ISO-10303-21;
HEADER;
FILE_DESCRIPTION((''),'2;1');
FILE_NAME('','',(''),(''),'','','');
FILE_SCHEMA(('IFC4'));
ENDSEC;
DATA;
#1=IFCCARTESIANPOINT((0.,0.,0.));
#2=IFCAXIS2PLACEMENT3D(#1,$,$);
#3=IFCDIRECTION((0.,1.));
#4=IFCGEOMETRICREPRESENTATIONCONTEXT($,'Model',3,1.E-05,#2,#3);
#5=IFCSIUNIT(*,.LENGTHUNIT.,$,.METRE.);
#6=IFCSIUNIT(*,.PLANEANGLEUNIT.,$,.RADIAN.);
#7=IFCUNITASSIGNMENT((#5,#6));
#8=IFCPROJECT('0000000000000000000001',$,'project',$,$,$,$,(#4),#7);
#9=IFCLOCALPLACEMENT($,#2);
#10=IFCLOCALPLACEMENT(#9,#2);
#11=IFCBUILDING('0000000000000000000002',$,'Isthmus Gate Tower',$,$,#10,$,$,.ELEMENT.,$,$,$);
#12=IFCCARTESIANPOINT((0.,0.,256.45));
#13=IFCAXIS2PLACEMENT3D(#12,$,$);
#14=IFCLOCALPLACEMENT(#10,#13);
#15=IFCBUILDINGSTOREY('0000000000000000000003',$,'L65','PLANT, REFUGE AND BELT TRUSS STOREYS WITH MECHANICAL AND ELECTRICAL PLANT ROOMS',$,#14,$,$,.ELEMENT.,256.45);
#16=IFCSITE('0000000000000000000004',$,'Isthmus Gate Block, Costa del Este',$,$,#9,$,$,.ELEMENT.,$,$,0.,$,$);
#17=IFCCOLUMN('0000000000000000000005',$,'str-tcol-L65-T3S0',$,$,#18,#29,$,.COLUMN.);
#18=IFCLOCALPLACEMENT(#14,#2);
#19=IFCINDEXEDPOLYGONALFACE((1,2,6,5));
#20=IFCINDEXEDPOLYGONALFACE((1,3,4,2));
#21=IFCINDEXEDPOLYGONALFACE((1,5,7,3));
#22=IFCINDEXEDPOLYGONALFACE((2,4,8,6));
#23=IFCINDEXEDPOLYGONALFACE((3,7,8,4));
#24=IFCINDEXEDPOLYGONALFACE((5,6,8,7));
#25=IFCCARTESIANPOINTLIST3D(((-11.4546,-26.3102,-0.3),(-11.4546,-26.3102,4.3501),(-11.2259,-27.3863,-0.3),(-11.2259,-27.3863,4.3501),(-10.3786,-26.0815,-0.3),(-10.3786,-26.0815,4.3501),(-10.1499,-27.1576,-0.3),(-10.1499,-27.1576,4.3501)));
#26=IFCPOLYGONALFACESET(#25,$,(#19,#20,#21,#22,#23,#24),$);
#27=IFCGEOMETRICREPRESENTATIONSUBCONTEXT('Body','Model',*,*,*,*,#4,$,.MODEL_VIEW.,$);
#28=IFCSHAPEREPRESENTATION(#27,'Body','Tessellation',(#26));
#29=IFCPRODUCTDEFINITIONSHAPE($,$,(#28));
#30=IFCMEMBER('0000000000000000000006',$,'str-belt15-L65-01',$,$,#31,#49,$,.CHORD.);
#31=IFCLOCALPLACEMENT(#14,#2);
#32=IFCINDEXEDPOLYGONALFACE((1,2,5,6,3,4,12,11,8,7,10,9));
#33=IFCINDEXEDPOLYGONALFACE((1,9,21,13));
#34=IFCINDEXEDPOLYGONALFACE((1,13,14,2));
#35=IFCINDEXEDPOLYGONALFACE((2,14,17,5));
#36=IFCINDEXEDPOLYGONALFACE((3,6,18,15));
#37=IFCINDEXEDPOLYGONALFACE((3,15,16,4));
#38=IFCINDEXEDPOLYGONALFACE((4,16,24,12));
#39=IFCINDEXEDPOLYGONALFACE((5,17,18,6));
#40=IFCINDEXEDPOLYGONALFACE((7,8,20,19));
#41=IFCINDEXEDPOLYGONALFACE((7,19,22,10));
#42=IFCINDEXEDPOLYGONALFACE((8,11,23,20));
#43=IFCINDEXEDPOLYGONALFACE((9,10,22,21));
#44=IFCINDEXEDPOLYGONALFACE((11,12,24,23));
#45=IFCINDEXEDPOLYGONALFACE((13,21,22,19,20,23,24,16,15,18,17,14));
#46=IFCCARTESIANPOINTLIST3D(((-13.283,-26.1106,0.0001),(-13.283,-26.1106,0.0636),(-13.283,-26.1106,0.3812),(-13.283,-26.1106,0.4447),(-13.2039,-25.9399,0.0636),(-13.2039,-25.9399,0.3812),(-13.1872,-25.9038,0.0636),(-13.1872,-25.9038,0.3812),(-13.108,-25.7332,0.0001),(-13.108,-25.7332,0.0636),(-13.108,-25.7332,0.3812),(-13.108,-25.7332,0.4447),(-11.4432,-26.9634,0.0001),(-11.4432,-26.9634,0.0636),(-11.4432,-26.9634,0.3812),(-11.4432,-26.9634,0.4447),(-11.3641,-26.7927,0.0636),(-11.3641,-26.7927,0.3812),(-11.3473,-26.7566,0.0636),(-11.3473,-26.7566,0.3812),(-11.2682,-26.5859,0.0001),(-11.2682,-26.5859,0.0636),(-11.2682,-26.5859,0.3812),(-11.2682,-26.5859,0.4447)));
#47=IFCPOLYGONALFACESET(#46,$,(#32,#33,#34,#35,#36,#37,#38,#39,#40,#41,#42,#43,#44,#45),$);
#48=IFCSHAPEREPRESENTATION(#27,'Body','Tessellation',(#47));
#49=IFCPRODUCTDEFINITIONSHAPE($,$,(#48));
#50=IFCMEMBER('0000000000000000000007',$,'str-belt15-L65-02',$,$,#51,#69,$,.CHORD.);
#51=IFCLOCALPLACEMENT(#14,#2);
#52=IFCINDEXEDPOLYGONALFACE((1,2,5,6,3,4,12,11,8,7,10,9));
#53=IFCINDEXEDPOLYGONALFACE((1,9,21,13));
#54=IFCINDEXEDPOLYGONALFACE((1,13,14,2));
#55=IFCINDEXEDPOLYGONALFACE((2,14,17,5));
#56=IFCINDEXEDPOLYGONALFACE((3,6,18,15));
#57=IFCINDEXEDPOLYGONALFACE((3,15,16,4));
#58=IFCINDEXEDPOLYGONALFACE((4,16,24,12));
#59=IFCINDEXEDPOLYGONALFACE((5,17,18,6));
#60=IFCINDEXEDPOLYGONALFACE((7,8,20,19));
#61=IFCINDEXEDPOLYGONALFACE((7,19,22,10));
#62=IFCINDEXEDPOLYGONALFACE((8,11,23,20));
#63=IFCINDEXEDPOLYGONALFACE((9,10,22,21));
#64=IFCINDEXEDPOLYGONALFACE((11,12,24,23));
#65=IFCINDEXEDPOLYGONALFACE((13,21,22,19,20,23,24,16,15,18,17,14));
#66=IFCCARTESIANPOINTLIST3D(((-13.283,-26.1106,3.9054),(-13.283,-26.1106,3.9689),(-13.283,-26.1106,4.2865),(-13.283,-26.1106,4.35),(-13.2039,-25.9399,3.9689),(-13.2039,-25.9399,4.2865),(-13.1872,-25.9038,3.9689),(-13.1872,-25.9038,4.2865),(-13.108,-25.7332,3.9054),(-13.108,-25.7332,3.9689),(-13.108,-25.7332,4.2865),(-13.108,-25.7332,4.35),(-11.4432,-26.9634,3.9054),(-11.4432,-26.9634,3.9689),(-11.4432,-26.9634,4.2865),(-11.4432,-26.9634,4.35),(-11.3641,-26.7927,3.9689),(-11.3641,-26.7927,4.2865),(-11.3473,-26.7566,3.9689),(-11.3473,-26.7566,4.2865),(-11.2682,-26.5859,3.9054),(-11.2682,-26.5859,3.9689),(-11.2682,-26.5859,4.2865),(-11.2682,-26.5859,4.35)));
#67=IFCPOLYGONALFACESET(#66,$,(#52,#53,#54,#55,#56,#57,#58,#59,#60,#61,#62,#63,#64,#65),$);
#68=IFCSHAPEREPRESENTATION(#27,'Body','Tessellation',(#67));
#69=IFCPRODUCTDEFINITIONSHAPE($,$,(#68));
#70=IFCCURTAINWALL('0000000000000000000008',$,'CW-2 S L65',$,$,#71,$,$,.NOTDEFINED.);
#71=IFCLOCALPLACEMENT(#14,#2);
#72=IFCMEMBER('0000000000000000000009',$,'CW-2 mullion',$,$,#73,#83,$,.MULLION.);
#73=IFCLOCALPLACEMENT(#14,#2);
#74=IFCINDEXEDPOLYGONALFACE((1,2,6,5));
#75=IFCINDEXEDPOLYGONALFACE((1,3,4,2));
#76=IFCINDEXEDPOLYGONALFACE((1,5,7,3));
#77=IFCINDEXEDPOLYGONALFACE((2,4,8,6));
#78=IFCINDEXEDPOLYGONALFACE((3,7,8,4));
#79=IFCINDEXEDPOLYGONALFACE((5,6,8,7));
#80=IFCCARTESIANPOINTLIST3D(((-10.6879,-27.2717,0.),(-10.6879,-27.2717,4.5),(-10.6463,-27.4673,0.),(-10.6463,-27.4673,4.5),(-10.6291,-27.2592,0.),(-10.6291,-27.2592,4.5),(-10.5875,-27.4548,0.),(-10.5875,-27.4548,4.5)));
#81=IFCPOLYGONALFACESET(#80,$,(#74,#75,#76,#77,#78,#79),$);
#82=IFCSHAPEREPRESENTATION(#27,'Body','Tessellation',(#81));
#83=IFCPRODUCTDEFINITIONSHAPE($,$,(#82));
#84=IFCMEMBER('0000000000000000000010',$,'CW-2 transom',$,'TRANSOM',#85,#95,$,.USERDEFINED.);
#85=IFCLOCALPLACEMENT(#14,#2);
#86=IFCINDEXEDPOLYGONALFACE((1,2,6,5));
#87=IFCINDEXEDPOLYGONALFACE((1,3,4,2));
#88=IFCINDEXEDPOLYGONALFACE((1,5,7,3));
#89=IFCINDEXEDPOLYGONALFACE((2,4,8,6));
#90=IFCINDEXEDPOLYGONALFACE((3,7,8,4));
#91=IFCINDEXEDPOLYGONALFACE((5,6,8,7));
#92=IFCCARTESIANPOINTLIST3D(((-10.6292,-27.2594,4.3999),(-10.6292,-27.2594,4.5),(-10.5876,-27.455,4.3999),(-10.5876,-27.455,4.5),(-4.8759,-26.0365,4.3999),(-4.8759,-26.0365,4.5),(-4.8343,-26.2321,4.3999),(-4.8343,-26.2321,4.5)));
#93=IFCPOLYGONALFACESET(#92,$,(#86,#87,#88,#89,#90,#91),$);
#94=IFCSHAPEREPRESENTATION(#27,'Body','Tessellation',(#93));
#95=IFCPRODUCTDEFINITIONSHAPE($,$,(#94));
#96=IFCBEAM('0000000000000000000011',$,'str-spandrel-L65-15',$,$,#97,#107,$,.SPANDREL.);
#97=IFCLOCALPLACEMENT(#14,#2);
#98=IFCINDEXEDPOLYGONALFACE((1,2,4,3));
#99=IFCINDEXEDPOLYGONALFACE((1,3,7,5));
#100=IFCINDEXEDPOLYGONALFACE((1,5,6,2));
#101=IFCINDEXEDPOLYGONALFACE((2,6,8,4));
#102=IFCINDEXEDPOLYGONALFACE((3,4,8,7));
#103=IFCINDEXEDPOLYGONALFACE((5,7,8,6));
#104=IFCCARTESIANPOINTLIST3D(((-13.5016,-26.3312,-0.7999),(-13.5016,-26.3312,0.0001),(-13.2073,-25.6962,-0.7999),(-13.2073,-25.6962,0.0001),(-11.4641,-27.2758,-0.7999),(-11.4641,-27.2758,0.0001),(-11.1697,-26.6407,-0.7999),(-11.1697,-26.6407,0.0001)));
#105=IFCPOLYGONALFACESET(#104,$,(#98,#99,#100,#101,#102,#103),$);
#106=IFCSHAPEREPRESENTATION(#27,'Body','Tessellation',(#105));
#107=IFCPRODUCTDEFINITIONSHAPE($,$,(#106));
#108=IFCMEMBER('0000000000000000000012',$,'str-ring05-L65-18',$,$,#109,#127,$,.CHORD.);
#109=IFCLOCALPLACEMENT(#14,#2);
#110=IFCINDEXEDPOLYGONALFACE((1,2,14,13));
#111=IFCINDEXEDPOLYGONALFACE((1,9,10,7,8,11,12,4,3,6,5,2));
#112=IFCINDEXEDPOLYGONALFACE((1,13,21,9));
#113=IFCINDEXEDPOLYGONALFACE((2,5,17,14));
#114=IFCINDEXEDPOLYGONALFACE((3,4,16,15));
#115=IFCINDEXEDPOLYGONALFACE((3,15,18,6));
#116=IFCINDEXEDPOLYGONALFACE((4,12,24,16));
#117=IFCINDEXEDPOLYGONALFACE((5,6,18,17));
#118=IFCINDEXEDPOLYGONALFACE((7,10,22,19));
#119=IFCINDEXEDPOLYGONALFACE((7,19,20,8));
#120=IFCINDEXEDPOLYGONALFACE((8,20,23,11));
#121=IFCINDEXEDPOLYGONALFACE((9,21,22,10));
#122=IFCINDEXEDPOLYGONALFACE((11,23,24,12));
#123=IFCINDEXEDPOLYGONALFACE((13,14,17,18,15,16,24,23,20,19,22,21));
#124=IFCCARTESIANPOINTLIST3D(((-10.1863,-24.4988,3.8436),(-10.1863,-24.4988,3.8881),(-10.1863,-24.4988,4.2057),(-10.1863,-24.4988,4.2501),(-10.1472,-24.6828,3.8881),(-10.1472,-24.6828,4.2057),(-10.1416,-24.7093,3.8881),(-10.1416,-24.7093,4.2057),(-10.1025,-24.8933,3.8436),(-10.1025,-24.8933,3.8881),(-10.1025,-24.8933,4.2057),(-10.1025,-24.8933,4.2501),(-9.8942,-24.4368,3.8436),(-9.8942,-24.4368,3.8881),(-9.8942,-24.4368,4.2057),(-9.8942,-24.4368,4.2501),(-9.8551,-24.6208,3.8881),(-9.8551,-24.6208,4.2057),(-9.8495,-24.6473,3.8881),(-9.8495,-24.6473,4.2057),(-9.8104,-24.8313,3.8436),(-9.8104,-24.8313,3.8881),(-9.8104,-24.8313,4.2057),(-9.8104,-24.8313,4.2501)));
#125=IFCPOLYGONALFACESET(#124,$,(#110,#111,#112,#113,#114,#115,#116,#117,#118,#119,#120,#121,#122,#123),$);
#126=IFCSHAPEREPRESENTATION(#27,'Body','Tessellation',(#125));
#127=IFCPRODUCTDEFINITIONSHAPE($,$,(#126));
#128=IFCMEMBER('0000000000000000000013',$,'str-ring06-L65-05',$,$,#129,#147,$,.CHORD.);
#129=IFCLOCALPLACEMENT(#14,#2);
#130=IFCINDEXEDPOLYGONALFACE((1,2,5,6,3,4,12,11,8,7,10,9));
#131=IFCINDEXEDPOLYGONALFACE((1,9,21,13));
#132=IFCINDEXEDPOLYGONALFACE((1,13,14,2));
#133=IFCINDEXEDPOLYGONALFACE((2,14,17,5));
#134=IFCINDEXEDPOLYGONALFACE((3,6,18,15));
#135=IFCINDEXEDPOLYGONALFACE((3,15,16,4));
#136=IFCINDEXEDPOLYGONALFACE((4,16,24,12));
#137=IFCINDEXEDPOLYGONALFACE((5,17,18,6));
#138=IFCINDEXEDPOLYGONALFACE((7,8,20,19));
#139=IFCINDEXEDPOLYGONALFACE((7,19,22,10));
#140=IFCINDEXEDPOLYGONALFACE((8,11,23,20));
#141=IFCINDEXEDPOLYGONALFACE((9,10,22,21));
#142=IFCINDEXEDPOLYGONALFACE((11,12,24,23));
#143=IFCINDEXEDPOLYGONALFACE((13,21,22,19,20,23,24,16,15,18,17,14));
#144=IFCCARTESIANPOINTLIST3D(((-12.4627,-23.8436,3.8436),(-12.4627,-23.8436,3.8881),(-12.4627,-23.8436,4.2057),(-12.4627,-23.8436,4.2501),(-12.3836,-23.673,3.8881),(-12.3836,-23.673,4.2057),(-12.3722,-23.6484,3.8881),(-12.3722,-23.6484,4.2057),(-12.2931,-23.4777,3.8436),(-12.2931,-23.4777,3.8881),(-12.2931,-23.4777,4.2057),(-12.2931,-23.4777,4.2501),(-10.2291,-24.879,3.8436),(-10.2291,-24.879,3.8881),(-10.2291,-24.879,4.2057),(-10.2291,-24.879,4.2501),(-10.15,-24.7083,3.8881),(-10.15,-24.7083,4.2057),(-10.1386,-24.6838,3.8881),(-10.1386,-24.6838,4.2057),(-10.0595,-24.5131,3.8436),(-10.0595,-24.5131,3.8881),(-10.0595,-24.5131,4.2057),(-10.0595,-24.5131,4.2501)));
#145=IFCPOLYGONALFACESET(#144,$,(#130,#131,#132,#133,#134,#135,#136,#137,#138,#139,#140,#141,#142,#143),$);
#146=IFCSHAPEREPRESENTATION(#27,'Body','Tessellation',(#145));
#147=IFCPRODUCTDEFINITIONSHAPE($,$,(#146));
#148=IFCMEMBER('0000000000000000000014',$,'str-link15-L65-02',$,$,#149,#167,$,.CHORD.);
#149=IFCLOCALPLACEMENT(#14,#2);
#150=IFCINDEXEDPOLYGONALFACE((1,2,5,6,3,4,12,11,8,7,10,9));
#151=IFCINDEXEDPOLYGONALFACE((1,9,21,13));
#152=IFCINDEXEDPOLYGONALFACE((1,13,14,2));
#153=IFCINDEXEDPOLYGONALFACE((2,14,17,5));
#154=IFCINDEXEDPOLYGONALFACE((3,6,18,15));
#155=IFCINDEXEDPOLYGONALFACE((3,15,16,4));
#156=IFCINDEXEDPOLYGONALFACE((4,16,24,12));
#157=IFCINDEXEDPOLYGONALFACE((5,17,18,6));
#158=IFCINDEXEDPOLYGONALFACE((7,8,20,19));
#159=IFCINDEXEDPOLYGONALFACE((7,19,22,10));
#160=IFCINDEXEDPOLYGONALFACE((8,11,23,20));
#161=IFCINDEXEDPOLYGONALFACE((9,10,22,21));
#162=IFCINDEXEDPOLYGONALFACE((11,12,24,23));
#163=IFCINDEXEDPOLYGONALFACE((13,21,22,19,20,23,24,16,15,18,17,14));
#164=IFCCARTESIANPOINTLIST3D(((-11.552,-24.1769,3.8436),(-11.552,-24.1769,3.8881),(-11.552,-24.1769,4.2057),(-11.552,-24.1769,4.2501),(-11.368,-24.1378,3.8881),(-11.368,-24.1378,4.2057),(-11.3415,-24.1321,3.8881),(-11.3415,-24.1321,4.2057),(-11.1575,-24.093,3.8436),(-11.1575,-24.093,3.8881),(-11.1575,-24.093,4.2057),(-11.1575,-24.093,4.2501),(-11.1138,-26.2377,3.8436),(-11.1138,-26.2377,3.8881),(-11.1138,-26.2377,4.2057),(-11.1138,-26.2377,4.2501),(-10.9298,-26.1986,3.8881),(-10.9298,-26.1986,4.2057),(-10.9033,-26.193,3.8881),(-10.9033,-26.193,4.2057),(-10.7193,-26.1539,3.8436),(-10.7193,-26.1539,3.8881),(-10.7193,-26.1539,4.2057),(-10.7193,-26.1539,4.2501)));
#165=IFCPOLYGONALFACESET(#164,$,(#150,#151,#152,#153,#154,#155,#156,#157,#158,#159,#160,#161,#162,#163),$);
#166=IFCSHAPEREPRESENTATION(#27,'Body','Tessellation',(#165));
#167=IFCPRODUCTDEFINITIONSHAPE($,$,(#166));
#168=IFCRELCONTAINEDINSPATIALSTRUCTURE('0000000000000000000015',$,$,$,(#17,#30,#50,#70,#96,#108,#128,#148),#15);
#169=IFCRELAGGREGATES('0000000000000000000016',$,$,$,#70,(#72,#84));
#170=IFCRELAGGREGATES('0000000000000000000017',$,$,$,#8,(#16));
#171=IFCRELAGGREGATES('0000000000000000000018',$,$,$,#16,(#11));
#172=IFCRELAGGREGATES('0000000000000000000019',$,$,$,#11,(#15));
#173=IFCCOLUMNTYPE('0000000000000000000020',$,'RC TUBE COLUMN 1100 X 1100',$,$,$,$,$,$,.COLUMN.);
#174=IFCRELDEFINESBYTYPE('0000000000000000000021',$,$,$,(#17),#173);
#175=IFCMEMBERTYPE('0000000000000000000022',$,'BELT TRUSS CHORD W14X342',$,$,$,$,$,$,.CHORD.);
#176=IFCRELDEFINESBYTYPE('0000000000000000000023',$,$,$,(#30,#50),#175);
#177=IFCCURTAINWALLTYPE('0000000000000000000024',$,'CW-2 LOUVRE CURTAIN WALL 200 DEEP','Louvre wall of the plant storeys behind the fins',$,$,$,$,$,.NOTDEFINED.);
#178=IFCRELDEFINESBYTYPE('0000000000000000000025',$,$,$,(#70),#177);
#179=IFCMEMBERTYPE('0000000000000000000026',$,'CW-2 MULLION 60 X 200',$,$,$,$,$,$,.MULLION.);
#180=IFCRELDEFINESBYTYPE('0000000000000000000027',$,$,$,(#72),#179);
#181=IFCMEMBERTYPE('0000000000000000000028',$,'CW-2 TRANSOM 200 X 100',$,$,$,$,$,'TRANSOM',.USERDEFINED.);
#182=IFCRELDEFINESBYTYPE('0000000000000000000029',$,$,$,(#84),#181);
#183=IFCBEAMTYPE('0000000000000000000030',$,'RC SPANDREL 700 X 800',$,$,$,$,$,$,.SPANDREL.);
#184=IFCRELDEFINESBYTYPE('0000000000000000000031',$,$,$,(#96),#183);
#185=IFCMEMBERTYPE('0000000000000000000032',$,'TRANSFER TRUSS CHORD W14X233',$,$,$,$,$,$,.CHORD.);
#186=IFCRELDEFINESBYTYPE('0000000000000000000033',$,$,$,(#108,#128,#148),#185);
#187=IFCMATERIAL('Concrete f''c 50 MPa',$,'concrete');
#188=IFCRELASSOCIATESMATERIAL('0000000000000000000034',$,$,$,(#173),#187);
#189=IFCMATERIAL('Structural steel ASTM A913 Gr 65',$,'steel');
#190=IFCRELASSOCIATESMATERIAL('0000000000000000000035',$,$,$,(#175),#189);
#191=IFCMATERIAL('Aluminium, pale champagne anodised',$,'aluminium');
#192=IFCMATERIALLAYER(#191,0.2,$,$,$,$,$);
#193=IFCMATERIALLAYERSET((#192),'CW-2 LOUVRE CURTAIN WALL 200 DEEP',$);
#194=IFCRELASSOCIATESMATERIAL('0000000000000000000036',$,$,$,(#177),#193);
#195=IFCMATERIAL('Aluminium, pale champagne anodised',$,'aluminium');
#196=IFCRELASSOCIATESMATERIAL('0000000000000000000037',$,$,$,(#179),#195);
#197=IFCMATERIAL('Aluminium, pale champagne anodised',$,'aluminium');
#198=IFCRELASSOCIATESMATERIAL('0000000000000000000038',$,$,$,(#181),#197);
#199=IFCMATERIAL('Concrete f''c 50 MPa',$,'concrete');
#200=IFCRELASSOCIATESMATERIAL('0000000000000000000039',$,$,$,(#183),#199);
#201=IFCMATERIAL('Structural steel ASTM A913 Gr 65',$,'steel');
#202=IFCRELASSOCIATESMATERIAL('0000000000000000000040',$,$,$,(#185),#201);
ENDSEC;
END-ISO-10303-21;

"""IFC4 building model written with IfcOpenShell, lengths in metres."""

from ifc_helpers import new_model, si_unit, direction, frame, origin, origin_2d, place, context, subcontext, project, spatial, rectangle, i_section, extrude, material, layer, layer_set, material_profile, profile_set, type_object, element, aggregate, save


model = new_model("IFC4")

# Units and contexts
model_context = context("Model", 3, precision=1e-05, world=origin(), true_north=direction((0.0, 1.0)))
body_context = subcontext(model_context, "Body", "Model", "MODEL_VIEW")
ifc_project = project(units=[si_unit("LENGTHUNIT", "METRE"), si_unit("PLANEANGLEUNIT", "RADIAN")], contexts=[model_context])

# Site, building, storey
site_placement = place(None, origin())
site = spatial("IfcSite", under=ifc_project, at=site_placement, Name="Isthmus Gate Block, Costa del Este", CompositionType="ELEMENT", RefElevation=0.0)
building_placement = place(site_placement, origin())
building = spatial("IfcBuilding", under=site, at=building_placement, Name="Isthmus Gate Tower", CompositionType="ELEMENT")
storey_placement = place(building_placement, frame((0.0, 0.0, 256.45)))
storey = spatial("IfcBuildingStorey", under=building, at=storey_placement, Name="L65", Description="PLANT, REFUGE AND BELT TRUSS STOREYS WITH MECHANICAL AND ELECTRICAL PLANT ROOMS", CompositionType="ELEMENT", Elevation=256.45)

# Column
ifc_material_1 = material(Name="Concrete f'c 50 MPa", Category="concrete")
ifc_material_profile_1 = material_profile(ifc_material_1, rectangle(XDim=1.1001, YDim=1.1001, at=origin_2d()), Name="RC 1100X1100")
ifc_profile_set_1 = profile_set([ifc_material_profile_1], Name="Concrete f'c 50 MPa")
column_type = type_object("IfcColumnType", Name="RC TUBE COLUMN 1100 X 1100", PredefinedType="COLUMN", material=ifc_profile_set_1)
column_placement = place(storey_placement, frame((-10.8022, -26.7339, -0.3), z_axis=(0.0, 0.0, 1.0), x_axis=(0.978148, 0.207912, 0.0)))
element("IfcColumn", 1, at=column_placement, inside=storey, type_object=column_type, Name="str-tcol-L65-T3S0", PredefinedType="COLUMN", context=body_context, shape_type="SweptSolid", body=[
    extrude(rectangle(XDim=1.1001, YDim=1.1001, at=origin_2d()), origin(), (0.0, 0.0, 1.0), 4.6501),
])

# Members
ifc_material_2 = material(Name="Structural steel ASTM A913 Gr 65", Category="steel")
ifc_material_profile_2 = material_profile(ifc_material_2, i_section(OverallWidth=0.416, OverallDepth=0.4446, WebThickness=0.0398, FlangeThickness=0.0635, at=origin_2d()), Name="W14X342")
ifc_profile_set_2 = profile_set([ifc_material_profile_2], Name="Structural steel ASTM A913 Gr 65")
member_type_1 = type_object("IfcMemberType", Name="BELT TRUSS CHORD W14X342", PredefinedType="CHORD", material=ifc_profile_set_2)
for number, where, z_axis, x_axis, name in (
    (2, (-11.3557, -26.7747, 0.2224), (-0.907278, 0.420531, 0.0), (-0.420531, -0.907278, 0.0), "str-belt15-L65-01"),
    (3, (-11.3557, -26.7747, 4.1277), (-0.907278, 0.420531, 0.0), (-0.420531, -0.907278, 0.0), "str-belt15-L65-02"),
):
    element("IfcMember", number, at=place(storey_placement, frame(where, z_axis=z_axis, x_axis=x_axis)), inside=storey, type_object=member_type_1, Name=name, PredefinedType="CHORD", context=body_context, shape_type="SweptSolid", body=[
        extrude(i_section(OverallWidth=0.416, OverallDepth=0.4446, WebThickness=0.0398, FlangeThickness=0.0635, at=origin_2d()), origin(), (0.0, 0.0, 1.0), 2.0278),
    ])

# Curtain wall, members
ifc_material_3 = material(Name="Aluminium, pale champagne anodised", Category="aluminium")
ifc_layer = layer(ifc_material_3, 0.2)
ifc_layer_set = layer_set([ifc_layer], Name="CW-2 LOUVRE CURTAIN WALL 200 DEEP")
curtain_wall_type = type_object("IfcCurtainWallType", Name="CW-2 LOUVRE CURTAIN WALL 200 DEEP", Description="Louvre wall of the plant storeys behind the fins", PredefinedType="NOTDEFINED", material=ifc_layer_set)
curtain_wall_placement = place(storey_placement, origin())
curtain_wall = element("IfcCurtainWall", 4, at=curtain_wall_placement, inside=storey, type_object=curtain_wall_type, Name="CW-2 S L65", PredefinedType="NOTDEFINED")
ifc_material_4 = material(Name="Aluminium, pale champagne anodised", Category="aluminium")
ifc_material_profile_3 = material_profile(ifc_material_4, rectangle(XDim=0.0601, YDim=0.2, at=origin_2d()), Name="60x200")
ifc_profile_set_3 = profile_set([ifc_material_profile_3], Name="Aluminium, pale champagne anodised")
member_type_2 = type_object("IfcMemberType", Name="CW-2 MULLION 60 X 200", PredefinedType="MULLION", material=ifc_profile_set_3)
member_1_placement = place(storey_placement, frame((-10.6377, -27.3633, 0.0), z_axis=(0.0, 0.0, 1.0), x_axis=(0.978148, 0.207912, 0.0)))
member_1 = element("IfcMember", 5, at=member_1_placement, type_object=member_type_2, Name="CW-2 mullion", PredefinedType="MULLION", context=body_context, shape_type="SweptSolid", body=[
    extrude(rectangle(XDim=0.0601, YDim=0.2, at=origin_2d()), origin(), (0.0, 0.0, 1.0), 4.5),
])
ifc_material_5 = material(Name="Aluminium, pale champagne anodised", Category="aluminium")
ifc_material_profile_4 = material_profile(ifc_material_5, rectangle(XDim=0.2, YDim=0.1001, at=origin_2d()), Name="200x100")
ifc_profile_set_4 = profile_set([ifc_material_profile_4], Name="Aluminium, pale champagne anodised")
member_type_3 = type_object("IfcMemberType", Name="CW-2 TRANSOM 200 X 100", ElementType="TRANSOM", PredefinedType="USERDEFINED", material=ifc_profile_set_4)
member_2_placement = place(storey_placement, frame((-10.6084, -27.3572, 4.45), z_axis=(0.978149, 0.207907, 0.0), x_axis=(-0.207907, 0.978149, 0.0)))
member_2 = element("IfcMember", 6, at=member_2_placement, type_object=member_type_3, Name="CW-2 transom", ObjectType="TRANSOM", PredefinedType="USERDEFINED", context=body_context, shape_type="SweptSolid", body=[
    extrude(rectangle(XDim=0.2, YDim=0.1001, at=origin_2d()), origin(), (0.0, 0.0, 1.0), 5.8818),
])
aggregate(curtain_wall, [member_1, member_2])

# Beam
ifc_material_6 = material(Name="Concrete f'c 50 MPa", Category="concrete")
ifc_material_profile_5 = material_profile(ifc_material_6, rectangle(XDim=0.7, YDim=0.8, at=origin_2d()), Name="RC 700X800")
ifc_profile_set_5 = profile_set([ifc_material_profile_5], Name="Concrete f'c 50 MPa")
beam_type = type_object("IfcBeamType", Name="RC SPANDREL 700 X 800", PredefinedType="SPANDREL", material=ifc_profile_set_5)
beam_placement = place(storey_placement, frame((-11.3169, -26.9583, -0.3999), z_axis=(-0.907255, 0.420581, 0.0), x_axis=(-0.420581, -0.907255, 0.0)))
element("IfcBeam", 7, at=beam_placement, inside=storey, type_object=beam_type, Name="str-spandrel-L65-15", PredefinedType="SPANDREL", context=body_context, shape_type="SweptSolid", body=[
    extrude(rectangle(XDim=0.7, YDim=0.8, at=origin_2d()), origin(), (0.0, 0.0, 1.0), 2.2458),
])

# Members
ifc_material_7 = material(Name="Structural steel ASTM A913 Gr 65", Category="steel")
ifc_material_profile_6 = material_profile(ifc_material_7, i_section(OverallWidth=0.4033, OverallDepth=0.4065, WebThickness=0.0271, FlangeThickness=0.0444, at=origin_2d()), Name="W14X233")
ifc_profile_set_6 = profile_set([ifc_material_profile_6], Name="Structural steel ASTM A913 Gr 65")
member_type_4 = type_object("IfcMemberType", Name="TRANSFER TRUSS CHORD W14X233", PredefinedType="CHORD", material=ifc_profile_set_6)
member_3_placement = place(storey_placement, frame((-9.8523, -24.634, 4.0469), z_axis=(-0.978184, -0.207741, 0.0), x_axis=(0.207741, -0.978184, 0.0)))
element("IfcMember", 8, at=member_3_placement, inside=storey, type_object=member_type_4, Name="str-ring05-L65-18", PredefinedType="CHORD", context=body_context, shape_type="SweptSolid", body=[
    extrude(i_section(OverallWidth=0.4033, OverallDepth=0.4065, WebThickness=0.0271, FlangeThickness=0.0444, at=origin_2d()), origin(), (0.0, 0.0, 1.0), 0.2986),
])
member_4_placement = place(storey_placement, frame((-10.1443, -24.696, 4.0469), z_axis=(-0.907264, 0.420561, 0.0), x_axis=(-0.420561, -0.907264, 0.0)))
element("IfcMember", 9, at=member_4_placement, inside=storey, type_object=member_type_4, Name="str-ring06-L65-05", PredefinedType="CHORD", context=body_context, shape_type="SweptSolid", body=[
    extrude(i_section(OverallWidth=0.4033, OverallDepth=0.4065, WebThickness=0.0271, FlangeThickness=0.0444, at=origin_2d()), origin(), (0.0, 0.0, 1.0), 2.4619),
])
member_5_placement = place(storey_placement, frame((-10.9165, -26.1958, 4.0469), z_axis=(-0.208002, 0.978129, 0.0), x_axis=(-0.978129, -0.208002, 0.0)))
element("IfcMember", 10, at=member_5_placement, inside=storey, type_object=member_type_4, Name="str-link15-L65-02", PredefinedType="CHORD", context=body_context, shape_type="SweptSolid", body=[
    extrude(i_section(OverallWidth=0.4033, OverallDepth=0.4065, WebThickness=0.0271, FlangeThickness=0.0444, at=origin_2d()), origin(), (0.0, 0.0, 1.0), 2.1069),
])

save(model, "model.ifc")
